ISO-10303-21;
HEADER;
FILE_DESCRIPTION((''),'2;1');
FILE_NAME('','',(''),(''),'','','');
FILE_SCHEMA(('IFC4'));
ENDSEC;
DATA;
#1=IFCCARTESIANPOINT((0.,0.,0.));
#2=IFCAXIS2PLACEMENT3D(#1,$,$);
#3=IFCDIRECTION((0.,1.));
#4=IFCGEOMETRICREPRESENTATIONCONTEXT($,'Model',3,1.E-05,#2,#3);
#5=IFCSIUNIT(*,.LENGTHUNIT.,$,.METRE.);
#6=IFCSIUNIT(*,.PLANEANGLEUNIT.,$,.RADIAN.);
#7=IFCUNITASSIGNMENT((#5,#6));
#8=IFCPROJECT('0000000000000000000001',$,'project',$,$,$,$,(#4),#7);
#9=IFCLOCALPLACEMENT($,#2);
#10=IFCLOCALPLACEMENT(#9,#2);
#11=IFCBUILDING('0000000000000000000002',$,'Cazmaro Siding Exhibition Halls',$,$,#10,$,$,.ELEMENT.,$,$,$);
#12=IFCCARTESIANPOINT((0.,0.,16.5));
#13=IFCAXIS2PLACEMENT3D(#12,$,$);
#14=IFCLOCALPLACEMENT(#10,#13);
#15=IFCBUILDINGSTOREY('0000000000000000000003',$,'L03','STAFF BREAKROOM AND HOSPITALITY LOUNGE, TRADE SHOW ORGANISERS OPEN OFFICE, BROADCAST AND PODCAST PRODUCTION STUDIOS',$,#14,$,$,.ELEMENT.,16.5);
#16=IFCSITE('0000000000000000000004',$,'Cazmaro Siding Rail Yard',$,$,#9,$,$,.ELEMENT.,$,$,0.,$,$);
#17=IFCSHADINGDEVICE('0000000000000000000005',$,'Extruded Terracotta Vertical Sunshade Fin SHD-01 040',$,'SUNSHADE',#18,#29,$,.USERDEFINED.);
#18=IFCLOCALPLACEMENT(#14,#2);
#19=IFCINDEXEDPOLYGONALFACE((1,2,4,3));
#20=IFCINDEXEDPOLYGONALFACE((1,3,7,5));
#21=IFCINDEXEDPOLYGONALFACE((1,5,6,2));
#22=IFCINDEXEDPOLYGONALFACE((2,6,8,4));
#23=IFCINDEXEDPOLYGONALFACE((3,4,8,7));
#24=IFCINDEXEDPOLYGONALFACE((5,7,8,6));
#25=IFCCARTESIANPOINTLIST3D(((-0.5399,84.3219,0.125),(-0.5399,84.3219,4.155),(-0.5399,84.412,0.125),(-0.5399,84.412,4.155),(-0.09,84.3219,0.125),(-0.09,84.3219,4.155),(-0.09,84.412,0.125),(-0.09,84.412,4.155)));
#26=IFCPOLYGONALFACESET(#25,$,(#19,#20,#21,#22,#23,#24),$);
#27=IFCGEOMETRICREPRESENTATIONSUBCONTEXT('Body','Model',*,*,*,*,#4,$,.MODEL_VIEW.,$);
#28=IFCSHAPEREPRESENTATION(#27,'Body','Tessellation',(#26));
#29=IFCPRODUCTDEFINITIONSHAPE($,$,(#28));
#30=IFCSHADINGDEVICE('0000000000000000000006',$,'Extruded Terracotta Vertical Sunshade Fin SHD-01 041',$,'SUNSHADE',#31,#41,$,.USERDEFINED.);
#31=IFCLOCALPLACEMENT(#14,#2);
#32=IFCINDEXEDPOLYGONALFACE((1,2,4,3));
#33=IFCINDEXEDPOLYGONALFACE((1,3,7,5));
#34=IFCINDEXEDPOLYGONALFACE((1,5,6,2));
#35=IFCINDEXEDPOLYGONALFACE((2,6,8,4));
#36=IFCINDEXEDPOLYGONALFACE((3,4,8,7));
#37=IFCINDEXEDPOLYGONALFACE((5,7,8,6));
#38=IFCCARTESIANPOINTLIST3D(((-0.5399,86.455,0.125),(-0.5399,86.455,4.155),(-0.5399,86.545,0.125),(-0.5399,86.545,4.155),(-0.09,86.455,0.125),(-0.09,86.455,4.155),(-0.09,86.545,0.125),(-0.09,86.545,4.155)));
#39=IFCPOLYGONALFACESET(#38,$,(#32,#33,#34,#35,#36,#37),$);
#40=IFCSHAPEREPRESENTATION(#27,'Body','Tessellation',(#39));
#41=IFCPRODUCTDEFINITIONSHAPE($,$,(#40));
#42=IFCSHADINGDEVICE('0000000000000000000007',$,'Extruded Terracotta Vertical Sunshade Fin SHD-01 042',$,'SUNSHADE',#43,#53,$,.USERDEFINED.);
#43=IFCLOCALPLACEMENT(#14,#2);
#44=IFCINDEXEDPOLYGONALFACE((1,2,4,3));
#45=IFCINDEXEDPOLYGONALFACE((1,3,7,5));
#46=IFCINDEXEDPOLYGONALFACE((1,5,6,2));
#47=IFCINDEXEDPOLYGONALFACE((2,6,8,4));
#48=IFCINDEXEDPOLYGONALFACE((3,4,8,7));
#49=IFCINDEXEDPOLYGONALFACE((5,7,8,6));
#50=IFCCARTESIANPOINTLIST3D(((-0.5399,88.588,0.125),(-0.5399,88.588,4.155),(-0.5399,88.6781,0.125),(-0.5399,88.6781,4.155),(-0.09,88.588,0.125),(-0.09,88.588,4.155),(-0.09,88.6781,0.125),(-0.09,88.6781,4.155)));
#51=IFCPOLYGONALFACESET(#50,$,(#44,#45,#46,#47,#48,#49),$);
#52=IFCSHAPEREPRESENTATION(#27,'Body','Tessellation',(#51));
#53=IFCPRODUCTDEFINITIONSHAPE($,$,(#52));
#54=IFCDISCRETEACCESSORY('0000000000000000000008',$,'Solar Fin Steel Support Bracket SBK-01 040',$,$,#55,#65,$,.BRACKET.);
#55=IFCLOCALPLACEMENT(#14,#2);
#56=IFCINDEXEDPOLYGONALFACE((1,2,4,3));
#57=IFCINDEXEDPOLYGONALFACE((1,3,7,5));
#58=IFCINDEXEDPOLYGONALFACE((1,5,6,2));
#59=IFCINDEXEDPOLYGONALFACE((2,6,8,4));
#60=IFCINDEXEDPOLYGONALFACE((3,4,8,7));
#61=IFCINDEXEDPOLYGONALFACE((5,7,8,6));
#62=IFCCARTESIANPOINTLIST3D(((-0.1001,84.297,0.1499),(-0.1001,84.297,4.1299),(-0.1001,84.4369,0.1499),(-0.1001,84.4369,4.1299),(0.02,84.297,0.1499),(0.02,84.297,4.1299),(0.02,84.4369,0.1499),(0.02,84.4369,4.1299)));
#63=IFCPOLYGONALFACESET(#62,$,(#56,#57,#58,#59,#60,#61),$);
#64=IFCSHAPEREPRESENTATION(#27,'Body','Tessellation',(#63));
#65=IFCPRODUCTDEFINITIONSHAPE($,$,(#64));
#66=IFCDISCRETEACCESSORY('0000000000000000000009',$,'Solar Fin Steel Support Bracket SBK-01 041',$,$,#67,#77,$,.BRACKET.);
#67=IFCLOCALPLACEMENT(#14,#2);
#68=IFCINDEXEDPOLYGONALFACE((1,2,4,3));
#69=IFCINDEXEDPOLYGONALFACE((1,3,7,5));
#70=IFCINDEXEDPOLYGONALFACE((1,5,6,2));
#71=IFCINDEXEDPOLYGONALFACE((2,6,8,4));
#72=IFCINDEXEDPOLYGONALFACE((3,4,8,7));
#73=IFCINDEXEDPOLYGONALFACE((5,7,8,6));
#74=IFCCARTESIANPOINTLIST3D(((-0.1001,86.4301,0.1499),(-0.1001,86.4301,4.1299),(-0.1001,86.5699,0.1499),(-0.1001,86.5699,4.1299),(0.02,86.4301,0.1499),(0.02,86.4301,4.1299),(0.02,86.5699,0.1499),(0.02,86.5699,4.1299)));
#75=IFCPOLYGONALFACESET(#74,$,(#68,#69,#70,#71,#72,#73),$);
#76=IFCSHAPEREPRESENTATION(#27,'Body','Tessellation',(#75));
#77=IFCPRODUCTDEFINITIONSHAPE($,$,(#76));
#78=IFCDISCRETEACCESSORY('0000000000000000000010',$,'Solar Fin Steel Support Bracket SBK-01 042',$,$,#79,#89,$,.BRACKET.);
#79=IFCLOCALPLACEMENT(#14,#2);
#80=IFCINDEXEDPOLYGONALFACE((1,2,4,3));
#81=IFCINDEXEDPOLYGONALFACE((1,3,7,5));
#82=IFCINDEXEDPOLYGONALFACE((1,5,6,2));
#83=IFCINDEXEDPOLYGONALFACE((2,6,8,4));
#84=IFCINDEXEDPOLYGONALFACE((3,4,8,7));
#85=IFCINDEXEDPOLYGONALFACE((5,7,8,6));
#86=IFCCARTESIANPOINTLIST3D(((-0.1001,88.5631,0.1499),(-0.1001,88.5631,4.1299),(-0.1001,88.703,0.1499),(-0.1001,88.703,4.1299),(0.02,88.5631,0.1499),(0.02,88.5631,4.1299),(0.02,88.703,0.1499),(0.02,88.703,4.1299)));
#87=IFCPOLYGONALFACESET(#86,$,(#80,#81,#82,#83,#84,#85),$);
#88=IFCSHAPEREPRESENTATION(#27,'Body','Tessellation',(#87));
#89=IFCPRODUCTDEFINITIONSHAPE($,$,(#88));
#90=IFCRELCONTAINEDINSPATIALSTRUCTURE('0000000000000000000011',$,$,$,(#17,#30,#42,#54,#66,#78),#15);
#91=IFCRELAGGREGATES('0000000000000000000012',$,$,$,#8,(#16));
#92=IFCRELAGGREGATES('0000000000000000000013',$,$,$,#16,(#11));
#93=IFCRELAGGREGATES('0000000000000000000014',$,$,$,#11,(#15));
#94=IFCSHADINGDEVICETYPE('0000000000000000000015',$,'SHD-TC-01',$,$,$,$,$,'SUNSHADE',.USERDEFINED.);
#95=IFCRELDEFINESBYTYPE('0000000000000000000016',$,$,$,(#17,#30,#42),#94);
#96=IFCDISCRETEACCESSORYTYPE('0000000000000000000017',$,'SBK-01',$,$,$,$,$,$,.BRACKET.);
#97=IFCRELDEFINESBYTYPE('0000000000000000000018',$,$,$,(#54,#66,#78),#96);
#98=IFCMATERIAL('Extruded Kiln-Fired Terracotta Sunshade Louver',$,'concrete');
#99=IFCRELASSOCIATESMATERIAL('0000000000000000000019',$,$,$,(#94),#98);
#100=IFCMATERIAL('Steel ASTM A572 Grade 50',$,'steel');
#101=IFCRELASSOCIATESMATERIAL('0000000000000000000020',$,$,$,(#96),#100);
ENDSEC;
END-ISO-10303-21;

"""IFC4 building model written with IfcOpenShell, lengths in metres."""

from ifc_helpers import new_model, si_unit, direction, frame, origin, origin_2d, place, context, subcontext, project, spatial, rectangle, extrude, material, type_object, element, save


model = new_model("IFC4")

# Units and contexts
model_context = context("Model", 3, precision=1e-05, world=origin(), true_north=direction((0.0, 1.0)))
body_context = subcontext(model_context, "Body", "Model", "MODEL_VIEW")
ifc_project = project(units=[si_unit("LENGTHUNIT", "METRE"), si_unit("PLANEANGLEUNIT", "RADIAN")], contexts=[model_context])

# Site, building, storey
site_placement = place(None, origin())
site = spatial("IfcSite", under=ifc_project, at=site_placement, Name="Cazmaro Siding Rail Yard", CompositionType="ELEMENT", RefElevation=0.0)
building_placement = place(site_placement, origin())
building = spatial("IfcBuilding", under=site, at=building_placement, Name="Cazmaro Siding Exhibition Halls", CompositionType="ELEMENT")
storey_placement = place(building_placement, frame((0.0, 0.0, 16.5)))
storey = spatial("IfcBuildingStorey", under=building, at=storey_placement, Name="L03", Description="STAFF BREAKROOM AND HOSPITALITY LOUNGE, TRADE SHOW ORGANISERS OPEN OFFICE, BROADCAST AND PODCAST PRODUCTION STUDIOS", CompositionType="ELEMENT", Elevation=16.5)

# Shading devices
ifc_material_1 = material(Name="Extruded Kiln-Fired Terracotta Sunshade Louver", Category="concrete")
shading_device_type = type_object("IfcShadingDeviceType", Name="SHD-TC-01", ElementType="SUNSHADE", PredefinedType="USERDEFINED", material=ifc_material_1)
for number, where, z_axis, x_axis, name in (
    (1, (-0.3149, 84.3669, 0.125), (0.0, 0.0, 1.0), (1.0, 0.0, 0.0), "Extruded Terracotta Vertical Sunshade Fin SHD-01 040"),
    (2, (-0.3149, 86.5, 0.125), (0.0, 0.0, 1.0), (1.0, 0.0, 0.0), "Extruded Terracotta Vertical Sunshade Fin SHD-01 041"),
    (3, (-0.3149, 88.6331, 0.125), (0.0, 0.0, 1.0), (1.0, 0.0, 0.0), "Extruded Terracotta Vertical Sunshade Fin SHD-01 042"),
):
    element("IfcShadingDevice", number, at=place(storey_placement, frame(where, z_axis=z_axis, x_axis=x_axis)), inside=storey, type_object=shading_device_type, Name=name, ObjectType="SUNSHADE", PredefinedType="USERDEFINED", context=body_context, shape_type="SweptSolid", body=[
        extrude(rectangle(XDim=0.45, YDim=0.0901, at=origin_2d()), origin(), (0.0, 0.0, 1.0), 4.03),
    ])

# Discrete accessories
ifc_material_2 = material(Name="Steel ASTM A572 Grade 50", Category="steel")
discrete_accessory_type = type_object("IfcDiscreteAccessoryType", Name="SBK-01", PredefinedType="BRACKET", material=ifc_material_2)
for number, where, z_axis, x_axis, name in (
    (4, (-0.04, 84.3669, 0.1499), (0.0, 0.0, 1.0), (1.0, 0.0, 0.0), "Solar Fin Steel Support Bracket SBK-01 040"),
    (5, (-0.04, 86.5, 0.1499), (0.0, 0.0, 1.0), (1.0, 0.0, 0.0), "Solar Fin Steel Support Bracket SBK-01 041"),
    (6, (-0.04, 88.6331, 0.1499), (0.0, 0.0, 1.0), (1.0, 0.0, 0.0), "Solar Fin Steel Support Bracket SBK-01 042"),
):
    element("IfcDiscreteAccessory", number, at=place(storey_placement, frame(where, z_axis=z_axis, x_axis=x_axis)), inside=storey, type_object=discrete_accessory_type, Name=name, PredefinedType="BRACKET", context=body_context, shape_type="SweptSolid", body=[
        extrude(rectangle(XDim=0.1201, YDim=0.1399, at=origin_2d()), origin(), (0.0, 0.0, 1.0), 3.98),
    ])

save(model, "model.ifc")
